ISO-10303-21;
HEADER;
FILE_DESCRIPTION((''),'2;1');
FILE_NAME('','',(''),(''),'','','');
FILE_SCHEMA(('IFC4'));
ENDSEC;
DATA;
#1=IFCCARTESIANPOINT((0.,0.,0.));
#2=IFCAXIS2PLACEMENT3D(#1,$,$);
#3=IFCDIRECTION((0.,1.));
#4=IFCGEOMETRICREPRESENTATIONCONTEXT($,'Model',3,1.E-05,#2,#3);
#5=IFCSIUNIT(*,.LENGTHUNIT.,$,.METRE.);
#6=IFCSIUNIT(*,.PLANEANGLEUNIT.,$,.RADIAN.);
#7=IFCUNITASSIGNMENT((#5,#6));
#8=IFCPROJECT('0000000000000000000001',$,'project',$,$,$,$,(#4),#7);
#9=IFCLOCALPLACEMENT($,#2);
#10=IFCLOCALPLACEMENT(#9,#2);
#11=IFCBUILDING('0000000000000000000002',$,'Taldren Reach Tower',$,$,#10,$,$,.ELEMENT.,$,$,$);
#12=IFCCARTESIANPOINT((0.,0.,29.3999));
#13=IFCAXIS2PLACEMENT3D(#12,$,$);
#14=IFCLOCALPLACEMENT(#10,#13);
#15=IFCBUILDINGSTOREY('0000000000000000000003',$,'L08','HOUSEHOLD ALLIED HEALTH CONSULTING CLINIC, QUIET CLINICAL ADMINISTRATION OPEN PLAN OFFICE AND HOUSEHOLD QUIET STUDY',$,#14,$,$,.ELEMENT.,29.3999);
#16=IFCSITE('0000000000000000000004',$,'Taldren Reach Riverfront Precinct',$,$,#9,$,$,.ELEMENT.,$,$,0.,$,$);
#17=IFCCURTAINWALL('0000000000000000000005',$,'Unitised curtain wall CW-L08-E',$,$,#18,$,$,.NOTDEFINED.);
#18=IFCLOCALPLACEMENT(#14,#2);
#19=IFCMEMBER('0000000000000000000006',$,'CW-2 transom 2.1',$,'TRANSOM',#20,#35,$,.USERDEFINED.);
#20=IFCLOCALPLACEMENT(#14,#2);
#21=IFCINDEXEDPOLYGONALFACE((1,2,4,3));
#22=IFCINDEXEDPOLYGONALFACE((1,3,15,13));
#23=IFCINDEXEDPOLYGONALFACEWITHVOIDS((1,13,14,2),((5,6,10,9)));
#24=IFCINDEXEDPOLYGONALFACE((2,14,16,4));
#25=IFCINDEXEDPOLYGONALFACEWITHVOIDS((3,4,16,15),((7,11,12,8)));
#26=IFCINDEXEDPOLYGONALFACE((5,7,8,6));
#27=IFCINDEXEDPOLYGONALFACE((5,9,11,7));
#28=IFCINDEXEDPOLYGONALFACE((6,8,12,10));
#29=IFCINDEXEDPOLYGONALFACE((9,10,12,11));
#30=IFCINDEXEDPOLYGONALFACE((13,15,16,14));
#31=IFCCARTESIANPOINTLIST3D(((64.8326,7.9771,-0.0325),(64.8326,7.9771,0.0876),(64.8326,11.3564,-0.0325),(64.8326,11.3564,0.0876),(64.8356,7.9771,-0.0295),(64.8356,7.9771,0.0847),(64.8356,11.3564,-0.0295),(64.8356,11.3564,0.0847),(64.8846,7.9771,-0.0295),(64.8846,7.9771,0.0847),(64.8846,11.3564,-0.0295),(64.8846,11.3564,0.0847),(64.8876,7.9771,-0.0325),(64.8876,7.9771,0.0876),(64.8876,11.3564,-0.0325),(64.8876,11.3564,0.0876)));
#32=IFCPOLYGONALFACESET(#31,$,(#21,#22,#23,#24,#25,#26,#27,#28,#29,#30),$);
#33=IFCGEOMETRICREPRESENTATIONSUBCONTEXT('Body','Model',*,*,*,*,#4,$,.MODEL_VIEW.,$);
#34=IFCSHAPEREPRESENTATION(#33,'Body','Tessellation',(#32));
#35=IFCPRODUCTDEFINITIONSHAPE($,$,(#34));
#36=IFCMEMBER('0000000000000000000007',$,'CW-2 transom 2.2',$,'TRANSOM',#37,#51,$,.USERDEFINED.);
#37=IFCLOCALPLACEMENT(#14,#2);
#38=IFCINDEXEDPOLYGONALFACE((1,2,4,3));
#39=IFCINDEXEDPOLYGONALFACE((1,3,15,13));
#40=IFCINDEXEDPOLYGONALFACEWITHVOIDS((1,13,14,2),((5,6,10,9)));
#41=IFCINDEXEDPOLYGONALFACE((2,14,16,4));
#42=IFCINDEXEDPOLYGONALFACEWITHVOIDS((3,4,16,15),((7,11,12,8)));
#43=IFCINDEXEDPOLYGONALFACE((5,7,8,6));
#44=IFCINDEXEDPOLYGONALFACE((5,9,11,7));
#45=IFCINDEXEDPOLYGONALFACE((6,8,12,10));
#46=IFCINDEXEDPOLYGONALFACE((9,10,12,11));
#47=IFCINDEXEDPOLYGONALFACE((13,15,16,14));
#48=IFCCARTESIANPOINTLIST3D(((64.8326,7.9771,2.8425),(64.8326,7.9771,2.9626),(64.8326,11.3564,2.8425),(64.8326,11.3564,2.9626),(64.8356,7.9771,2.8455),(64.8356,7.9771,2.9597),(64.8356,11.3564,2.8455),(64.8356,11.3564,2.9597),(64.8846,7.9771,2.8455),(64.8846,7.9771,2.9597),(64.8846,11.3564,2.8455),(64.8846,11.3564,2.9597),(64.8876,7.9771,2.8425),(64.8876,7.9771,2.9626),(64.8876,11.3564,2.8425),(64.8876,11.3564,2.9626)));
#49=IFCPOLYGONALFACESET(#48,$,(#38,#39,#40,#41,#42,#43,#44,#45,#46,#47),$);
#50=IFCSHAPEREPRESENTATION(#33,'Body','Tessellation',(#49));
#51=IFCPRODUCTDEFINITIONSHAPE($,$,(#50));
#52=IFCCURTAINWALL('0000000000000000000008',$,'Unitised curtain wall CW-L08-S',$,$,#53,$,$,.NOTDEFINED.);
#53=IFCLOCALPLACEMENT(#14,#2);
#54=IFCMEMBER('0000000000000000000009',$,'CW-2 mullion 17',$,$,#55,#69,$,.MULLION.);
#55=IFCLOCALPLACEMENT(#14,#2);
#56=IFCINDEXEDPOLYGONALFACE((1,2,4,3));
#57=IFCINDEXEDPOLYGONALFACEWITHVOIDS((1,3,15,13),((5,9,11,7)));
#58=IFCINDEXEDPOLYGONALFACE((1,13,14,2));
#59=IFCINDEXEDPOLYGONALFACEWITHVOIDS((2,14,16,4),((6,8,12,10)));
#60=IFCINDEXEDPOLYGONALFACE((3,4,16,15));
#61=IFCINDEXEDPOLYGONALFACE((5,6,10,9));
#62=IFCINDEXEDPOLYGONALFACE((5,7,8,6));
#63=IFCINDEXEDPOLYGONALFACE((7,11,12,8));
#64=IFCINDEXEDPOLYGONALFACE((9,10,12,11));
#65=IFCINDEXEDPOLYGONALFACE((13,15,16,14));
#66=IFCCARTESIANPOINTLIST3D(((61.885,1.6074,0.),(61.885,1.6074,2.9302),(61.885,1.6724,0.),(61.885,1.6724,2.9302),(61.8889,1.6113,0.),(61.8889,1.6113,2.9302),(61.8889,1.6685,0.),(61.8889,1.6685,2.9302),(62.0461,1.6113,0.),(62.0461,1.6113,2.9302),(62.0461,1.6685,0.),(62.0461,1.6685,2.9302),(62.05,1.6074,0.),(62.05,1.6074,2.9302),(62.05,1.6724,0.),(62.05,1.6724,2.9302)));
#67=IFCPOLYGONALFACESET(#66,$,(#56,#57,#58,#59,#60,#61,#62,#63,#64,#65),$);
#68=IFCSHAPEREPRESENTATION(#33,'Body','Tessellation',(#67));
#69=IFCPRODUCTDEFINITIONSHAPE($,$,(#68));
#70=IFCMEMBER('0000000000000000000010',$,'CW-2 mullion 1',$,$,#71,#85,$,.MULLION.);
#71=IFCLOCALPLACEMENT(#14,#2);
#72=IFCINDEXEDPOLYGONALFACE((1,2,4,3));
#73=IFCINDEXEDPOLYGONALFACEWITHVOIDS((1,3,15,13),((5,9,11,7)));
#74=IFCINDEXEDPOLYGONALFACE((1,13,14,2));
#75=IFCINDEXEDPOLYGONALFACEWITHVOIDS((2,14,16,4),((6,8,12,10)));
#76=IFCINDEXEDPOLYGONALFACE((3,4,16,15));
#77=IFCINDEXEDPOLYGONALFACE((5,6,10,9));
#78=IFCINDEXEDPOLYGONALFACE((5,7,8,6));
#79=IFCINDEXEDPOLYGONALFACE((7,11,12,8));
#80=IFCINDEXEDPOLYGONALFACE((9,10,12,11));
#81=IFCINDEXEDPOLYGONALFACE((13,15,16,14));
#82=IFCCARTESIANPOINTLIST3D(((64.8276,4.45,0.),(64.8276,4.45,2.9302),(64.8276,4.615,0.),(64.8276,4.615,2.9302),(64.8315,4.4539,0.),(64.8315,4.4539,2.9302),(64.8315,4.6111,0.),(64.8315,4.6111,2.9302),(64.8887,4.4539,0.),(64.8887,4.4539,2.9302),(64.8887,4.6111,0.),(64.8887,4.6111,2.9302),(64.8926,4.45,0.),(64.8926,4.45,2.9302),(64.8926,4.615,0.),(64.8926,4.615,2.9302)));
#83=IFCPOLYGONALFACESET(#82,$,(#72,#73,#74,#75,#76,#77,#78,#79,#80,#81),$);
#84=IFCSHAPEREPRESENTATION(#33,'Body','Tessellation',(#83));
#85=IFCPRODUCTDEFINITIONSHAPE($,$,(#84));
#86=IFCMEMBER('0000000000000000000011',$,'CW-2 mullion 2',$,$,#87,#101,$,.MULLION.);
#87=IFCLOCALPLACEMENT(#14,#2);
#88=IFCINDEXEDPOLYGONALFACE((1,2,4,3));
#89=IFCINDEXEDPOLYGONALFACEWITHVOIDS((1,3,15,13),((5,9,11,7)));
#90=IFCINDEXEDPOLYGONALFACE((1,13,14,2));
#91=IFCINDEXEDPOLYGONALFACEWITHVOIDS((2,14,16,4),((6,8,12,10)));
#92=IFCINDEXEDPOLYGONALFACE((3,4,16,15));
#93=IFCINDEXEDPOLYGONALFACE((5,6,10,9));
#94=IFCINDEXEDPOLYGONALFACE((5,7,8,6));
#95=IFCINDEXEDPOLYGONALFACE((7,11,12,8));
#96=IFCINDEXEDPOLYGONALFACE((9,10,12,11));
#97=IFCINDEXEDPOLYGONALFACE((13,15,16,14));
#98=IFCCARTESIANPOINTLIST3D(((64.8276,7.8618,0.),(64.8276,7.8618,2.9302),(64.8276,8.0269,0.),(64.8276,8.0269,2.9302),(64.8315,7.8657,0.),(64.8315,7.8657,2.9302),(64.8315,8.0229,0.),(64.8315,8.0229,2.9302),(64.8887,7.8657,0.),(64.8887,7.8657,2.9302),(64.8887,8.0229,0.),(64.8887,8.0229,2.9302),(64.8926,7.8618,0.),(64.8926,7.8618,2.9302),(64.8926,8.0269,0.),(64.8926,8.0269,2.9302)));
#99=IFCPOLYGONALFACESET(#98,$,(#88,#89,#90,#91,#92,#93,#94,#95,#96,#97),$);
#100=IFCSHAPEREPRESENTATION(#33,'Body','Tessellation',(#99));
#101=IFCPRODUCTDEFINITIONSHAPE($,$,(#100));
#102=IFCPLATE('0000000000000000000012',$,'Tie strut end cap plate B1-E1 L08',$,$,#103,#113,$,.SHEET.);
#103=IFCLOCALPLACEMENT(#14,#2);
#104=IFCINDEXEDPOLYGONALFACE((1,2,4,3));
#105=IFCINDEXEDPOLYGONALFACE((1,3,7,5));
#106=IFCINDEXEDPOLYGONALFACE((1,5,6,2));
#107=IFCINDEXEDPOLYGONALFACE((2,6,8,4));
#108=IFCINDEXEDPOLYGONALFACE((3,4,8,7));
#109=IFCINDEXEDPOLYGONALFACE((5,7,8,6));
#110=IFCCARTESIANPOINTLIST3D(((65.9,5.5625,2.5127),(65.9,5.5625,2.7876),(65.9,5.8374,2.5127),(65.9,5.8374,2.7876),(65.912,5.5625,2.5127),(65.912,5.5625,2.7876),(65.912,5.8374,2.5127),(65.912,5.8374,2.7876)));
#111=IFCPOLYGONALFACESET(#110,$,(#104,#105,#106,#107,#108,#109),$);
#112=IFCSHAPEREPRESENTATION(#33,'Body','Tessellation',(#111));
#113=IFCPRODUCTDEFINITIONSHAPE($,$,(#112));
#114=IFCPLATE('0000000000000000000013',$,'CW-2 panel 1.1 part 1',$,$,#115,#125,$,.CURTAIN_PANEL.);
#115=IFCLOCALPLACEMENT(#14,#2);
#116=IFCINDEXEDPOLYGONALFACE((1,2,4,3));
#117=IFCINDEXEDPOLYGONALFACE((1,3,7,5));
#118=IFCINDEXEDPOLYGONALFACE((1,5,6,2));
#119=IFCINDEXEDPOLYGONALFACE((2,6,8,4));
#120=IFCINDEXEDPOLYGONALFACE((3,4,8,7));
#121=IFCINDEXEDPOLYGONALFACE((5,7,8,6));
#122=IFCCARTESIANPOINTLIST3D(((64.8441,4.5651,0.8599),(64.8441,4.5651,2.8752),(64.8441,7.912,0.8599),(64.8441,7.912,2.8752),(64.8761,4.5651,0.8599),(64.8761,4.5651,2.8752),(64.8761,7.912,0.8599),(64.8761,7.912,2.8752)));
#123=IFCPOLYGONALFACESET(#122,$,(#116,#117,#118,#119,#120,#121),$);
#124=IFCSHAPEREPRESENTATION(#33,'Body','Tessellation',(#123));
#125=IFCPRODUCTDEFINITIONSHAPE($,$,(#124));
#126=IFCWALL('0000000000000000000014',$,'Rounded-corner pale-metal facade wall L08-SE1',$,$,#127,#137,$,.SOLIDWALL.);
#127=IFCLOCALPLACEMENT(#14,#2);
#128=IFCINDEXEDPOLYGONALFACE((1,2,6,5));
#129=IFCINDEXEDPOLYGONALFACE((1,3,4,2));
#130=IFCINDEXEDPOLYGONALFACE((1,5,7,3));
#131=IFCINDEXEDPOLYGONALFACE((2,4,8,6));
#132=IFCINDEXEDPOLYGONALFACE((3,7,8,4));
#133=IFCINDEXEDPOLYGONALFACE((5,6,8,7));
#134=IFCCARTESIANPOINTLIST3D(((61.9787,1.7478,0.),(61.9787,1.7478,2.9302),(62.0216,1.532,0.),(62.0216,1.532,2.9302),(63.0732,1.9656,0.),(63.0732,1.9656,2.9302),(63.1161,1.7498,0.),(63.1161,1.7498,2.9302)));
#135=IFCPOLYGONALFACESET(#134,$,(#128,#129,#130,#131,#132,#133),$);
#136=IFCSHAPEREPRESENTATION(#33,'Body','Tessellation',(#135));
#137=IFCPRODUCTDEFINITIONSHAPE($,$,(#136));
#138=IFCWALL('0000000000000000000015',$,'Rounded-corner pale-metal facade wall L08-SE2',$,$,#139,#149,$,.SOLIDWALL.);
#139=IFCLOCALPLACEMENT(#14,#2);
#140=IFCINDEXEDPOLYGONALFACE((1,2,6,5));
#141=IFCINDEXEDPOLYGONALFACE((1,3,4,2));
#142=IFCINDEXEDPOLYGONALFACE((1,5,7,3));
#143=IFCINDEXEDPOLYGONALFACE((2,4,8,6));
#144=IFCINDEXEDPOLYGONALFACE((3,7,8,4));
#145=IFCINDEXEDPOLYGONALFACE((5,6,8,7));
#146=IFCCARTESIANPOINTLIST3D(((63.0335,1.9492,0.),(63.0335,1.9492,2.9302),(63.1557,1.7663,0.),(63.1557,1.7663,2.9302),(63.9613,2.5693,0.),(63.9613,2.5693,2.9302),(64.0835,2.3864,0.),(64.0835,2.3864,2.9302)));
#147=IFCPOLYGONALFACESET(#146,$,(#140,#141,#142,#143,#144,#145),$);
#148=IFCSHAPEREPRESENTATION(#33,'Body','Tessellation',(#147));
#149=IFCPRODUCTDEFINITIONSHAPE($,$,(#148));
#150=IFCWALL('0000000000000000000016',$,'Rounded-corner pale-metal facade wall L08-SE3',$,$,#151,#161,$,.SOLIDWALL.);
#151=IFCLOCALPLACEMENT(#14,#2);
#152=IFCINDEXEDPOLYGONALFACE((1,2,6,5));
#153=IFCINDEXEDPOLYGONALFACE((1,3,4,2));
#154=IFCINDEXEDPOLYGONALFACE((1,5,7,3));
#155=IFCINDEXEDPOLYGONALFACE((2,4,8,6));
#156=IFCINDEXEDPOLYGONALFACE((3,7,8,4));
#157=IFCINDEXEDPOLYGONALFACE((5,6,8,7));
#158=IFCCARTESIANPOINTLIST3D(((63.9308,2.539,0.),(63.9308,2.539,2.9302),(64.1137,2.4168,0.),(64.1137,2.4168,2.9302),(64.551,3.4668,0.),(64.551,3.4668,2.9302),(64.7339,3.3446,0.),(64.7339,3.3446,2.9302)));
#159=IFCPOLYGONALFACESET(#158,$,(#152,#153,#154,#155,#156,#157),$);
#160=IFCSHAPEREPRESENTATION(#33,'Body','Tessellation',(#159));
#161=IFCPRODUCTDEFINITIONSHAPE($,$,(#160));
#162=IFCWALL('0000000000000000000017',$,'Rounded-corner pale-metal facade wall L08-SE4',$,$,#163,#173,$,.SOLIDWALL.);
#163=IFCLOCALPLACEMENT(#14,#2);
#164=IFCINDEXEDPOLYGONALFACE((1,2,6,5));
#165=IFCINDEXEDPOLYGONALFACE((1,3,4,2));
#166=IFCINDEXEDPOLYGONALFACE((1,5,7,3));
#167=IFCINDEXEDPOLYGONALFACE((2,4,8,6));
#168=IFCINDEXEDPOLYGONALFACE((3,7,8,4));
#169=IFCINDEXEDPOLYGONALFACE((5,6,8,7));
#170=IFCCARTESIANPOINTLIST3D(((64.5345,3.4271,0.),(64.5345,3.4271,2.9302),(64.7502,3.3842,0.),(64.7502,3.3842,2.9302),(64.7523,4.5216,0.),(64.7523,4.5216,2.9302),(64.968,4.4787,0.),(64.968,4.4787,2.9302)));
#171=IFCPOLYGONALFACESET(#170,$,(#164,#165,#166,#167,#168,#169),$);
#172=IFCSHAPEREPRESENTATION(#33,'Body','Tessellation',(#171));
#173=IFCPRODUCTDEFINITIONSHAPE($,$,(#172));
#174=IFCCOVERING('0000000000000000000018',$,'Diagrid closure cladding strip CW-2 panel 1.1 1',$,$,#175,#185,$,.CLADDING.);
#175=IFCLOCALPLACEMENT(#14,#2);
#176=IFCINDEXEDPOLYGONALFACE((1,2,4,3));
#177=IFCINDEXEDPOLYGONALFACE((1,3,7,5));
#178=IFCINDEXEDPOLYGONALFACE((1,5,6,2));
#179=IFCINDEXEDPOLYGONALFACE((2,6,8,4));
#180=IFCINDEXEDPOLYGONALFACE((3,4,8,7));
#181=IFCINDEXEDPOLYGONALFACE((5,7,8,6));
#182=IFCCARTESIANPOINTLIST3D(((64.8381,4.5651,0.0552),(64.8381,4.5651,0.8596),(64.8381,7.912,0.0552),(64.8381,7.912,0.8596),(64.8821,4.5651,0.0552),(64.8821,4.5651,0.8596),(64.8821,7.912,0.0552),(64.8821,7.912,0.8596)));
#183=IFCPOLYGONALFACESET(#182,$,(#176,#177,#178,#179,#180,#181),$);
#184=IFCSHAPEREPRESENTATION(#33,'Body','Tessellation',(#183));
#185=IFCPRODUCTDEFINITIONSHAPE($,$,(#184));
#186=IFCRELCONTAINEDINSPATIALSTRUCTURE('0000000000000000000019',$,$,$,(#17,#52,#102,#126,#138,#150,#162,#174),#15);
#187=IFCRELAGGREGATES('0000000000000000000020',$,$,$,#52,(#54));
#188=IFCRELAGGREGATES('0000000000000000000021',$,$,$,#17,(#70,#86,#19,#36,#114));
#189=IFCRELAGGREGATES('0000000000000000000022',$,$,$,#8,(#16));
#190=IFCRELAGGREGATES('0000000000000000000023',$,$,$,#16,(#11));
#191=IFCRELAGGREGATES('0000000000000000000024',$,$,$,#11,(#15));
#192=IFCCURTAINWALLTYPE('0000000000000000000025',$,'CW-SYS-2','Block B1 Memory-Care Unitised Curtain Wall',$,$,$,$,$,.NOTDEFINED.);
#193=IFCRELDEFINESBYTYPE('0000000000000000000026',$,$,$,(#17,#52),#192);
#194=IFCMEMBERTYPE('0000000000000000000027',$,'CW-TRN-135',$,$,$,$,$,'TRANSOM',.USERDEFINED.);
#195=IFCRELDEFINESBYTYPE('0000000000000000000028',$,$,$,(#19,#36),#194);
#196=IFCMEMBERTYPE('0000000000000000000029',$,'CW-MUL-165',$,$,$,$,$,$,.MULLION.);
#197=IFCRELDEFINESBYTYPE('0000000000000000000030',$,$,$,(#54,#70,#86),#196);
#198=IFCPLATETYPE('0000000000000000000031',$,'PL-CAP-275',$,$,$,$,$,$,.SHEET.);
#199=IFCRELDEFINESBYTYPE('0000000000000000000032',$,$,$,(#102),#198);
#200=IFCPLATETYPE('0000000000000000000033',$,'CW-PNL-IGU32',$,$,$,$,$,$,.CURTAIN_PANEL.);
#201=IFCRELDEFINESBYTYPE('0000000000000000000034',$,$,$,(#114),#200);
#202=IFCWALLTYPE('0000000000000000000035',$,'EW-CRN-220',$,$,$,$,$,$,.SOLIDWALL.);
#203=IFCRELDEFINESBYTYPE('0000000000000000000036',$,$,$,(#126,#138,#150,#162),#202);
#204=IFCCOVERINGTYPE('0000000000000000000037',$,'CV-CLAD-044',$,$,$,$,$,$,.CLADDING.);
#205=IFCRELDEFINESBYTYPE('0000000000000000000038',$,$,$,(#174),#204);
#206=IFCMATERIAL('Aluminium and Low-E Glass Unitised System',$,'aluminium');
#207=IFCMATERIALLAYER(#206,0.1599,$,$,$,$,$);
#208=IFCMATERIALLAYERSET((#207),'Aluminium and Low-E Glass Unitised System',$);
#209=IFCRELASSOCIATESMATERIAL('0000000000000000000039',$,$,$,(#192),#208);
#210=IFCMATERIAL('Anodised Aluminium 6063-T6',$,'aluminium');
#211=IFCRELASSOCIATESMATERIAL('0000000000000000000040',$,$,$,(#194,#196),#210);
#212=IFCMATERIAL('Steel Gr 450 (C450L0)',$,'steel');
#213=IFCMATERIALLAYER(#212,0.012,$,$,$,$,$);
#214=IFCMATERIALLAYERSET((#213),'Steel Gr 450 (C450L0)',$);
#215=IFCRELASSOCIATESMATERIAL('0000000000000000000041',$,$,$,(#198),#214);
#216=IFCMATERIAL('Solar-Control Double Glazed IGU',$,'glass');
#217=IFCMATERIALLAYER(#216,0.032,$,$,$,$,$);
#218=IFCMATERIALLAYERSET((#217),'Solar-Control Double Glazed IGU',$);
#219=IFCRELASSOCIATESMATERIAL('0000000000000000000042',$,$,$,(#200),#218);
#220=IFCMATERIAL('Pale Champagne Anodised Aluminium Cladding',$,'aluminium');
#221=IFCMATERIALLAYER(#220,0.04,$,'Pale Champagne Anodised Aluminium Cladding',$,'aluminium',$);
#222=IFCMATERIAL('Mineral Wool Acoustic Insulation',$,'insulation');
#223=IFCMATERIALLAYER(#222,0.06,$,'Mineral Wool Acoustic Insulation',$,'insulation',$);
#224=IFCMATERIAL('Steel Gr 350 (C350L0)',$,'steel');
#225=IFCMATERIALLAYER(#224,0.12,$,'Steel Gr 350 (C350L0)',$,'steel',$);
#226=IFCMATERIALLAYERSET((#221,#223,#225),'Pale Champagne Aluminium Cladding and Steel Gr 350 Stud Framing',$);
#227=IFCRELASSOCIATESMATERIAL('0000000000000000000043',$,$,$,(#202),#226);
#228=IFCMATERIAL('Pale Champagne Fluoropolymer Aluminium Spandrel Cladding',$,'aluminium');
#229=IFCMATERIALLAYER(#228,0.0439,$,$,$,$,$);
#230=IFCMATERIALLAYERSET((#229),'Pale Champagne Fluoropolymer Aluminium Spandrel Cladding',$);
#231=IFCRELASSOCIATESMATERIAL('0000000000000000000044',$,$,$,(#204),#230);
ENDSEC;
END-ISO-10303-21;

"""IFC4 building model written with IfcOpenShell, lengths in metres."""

from ifc_helpers import new_model, si_unit, direction, frame, frame_2d, origin, origin_2d, place, context, subcontext, project, spatial, rectangle, hollow_rectangle, extrude, source, transform, mapped, material, layer, layer_set, material_profile, profile_set, type_object, element, aggregate, save


model = new_model("IFC4")

# Units and contexts
model_context = context("Model", 3, precision=1e-05, world=origin(), true_north=direction((0.0, 1.0)))
body_context = subcontext(model_context, "Body", "Model", "MODEL_VIEW")
ifc_project = project(units=[si_unit("LENGTHUNIT", "METRE"), si_unit("PLANEANGLEUNIT", "RADIAN")], contexts=[model_context])

# Site, building, storey
site_placement = place(None, origin())
site = spatial("IfcSite", under=ifc_project, at=site_placement, Name="Taldren Reach Riverfront Precinct", CompositionType="ELEMENT", RefElevation=0.0)
building_placement = place(site_placement, origin())
building = spatial("IfcBuilding", under=site, at=building_placement, Name="Taldren Reach Tower", CompositionType="ELEMENT")
storey_placement = place(building_placement, frame((0.0, 0.0, 29.3999)))
storey = spatial("IfcBuildingStorey", under=building, at=storey_placement, Name="L08", Description="HOUSEHOLD ALLIED HEALTH CONSULTING CLINIC, QUIET CLINICAL ADMINISTRATION OPEN PLAN OFFICE AND HOUSEHOLD QUIET STUDY", CompositionType="ELEMENT", Elevation=29.3999)

# Shared definitions
ifc_material_1 = material(Name="Steel Gr 450 (C450L0)", Category="steel")
ifc_material_2 = material(Name="Steel Gr 350 (C350L0)", Category="steel")

# Curtain wall, members
ifc_material_3 = material(Name="Aluminium and Low-E Glass Unitised System", Category="aluminium")
ifc_layer_1 = layer(ifc_material_3, 0.1599)
ifc_layer_set_1 = layer_set([ifc_layer_1], Name="Aluminium and Low-E Glass Unitised System")
curtain_wall_type = type_object("IfcCurtainWallType", Name="CW-SYS-2", Description="Block B1 Memory-Care Unitised Curtain Wall", PredefinedType="NOTDEFINED", material=ifc_layer_set_1)
curtain_wall_1_placement = place(storey_placement, origin())
curtain_wall_1 = element("IfcCurtainWall", 1, at=curtain_wall_1_placement, inside=storey, type_object=curtain_wall_type, Name="Unitised curtain wall CW-L08-E", PredefinedType="NOTDEFINED")
ifc_material_4 = material(Name="Anodised Aluminium 6063-T6", Category="aluminium")
ifc_material_profile_1 = material_profile(ifc_material_4, hollow_rectangle(XDim=0.0549, YDim=0.1201, WallThickness=0.0029, at=origin_2d()), Name="ALU-120x55x3RHS")
ifc_profile_set_1 = profile_set([ifc_material_profile_1], Name="Anodised Aluminium 6063-T6")
member_type_1 = type_object("IfcMemberType", Name="CW-TRN-135", ElementType="TRANSOM", PredefinedType="USERDEFINED", material=ifc_profile_set_1)
shared_shape_1 = source(origin(), body_context, "Body", "SweptSolid", [
    extrude(hollow_rectangle(XDim=0.0549, YDim=0.1201, WallThickness=0.0029, at=origin_2d()), origin(), (0.0, 0.0, 1.0), 3.3794),
])
member_1_placement = place(storey_placement, frame((64.8601, 7.9771, 0.0276), z_axis=(0.0, 1.0, 0.0), x_axis=(-1.0, 0.0, 0.0)))
member_1 = element("IfcMember", 2, at=member_1_placement, type_object=member_type_1, Name="CW-2 transom 2.1", ObjectType="TRANSOM", PredefinedType="USERDEFINED", context=body_context, shape_type="MappedRepresentation", body=[
    mapped(shared_shape_1, transform((0.0, 0.0, 0.0), scale=1.0)),
])
member_2_placement = place(storey_placement, frame((64.8601, 7.9771, 2.9026), z_axis=(0.0, 1.0, 0.0), x_axis=(-1.0, 0.0, 0.0)))
member_2 = element("IfcMember", 3, at=member_2_placement, type_object=member_type_1, Name="CW-2 transom 2.2", ObjectType="TRANSOM", PredefinedType="USERDEFINED", context=body_context, shape_type="MappedRepresentation", body=[
    mapped(shared_shape_1, transform((0.0, 0.0, 0.0), scale=1.0)),
])

# Curtain wall, member
curtain_wall_2_placement = place(storey_placement, origin())
curtain_wall_2 = element("IfcCurtainWall", 4, at=curtain_wall_2_placement, inside=storey, type_object=curtain_wall_type, Name="Unitised curtain wall CW-L08-S", PredefinedType="NOTDEFINED")
ifc_material_profile_2 = material_profile(ifc_material_4, hollow_rectangle(XDim=0.0649, YDim=0.165, WallThickness=0.0039, at=origin_2d()), Name="ALU-165x65x4RHS")
ifc_profile_set_2 = profile_set([ifc_material_profile_2], Name="Anodised Aluminium 6063-T6")
member_type_2 = type_object("IfcMemberType", Name="CW-MUL-165", PredefinedType="MULLION", material=ifc_profile_set_2)
shared_shape_2 = source(origin(), body_context, "Body", "SweptSolid", [
    extrude(hollow_rectangle(XDim=0.0649, YDim=0.165, WallThickness=0.0039, at=origin_2d()), origin(), (0.0, 0.0, 1.0), 2.9302),
])
member_3_placement = place(storey_placement, frame((61.9675, 1.6399, 0.0), z_axis=(0.0, 0.0, 1.0), x_axis=(0.0, 1.0, 0.0)))
member_3 = element("IfcMember", 5, at=member_3_placement, type_object=member_type_2, Name="CW-2 mullion 17", PredefinedType="MULLION", context=body_context, shape_type="MappedRepresentation", body=[
    mapped(shared_shape_2, transform((0.0, 0.0, 0.0), scale=1.0)),
])
aggregate(curtain_wall_2, [member_3])

# Members
member_4_placement = place(storey_placement, frame((64.8601, 4.5325, 0.0), z_axis=(0.0, 0.0, 1.0), x_axis=(-1.0, 0.0, 0.0)))
member_4 = element("IfcMember", 6, at=member_4_placement, type_object=member_type_2, Name="CW-2 mullion 1", PredefinedType="MULLION", context=body_context, shape_type="MappedRepresentation", body=[
    mapped(shared_shape_2, transform((0.0, 0.0, 0.0), scale=1.0)),
])
member_5_placement = place(storey_placement, frame((64.8601, 7.9443, 0.0), z_axis=(0.0, 0.0, 1.0), x_axis=(-1.0, 0.0, 0.0)))
member_5 = element("IfcMember", 7, at=member_5_placement, type_object=member_type_2, Name="CW-2 mullion 2", PredefinedType="MULLION", context=body_context, shape_type="MappedRepresentation", body=[
    mapped(shared_shape_2, transform((0.0, 0.0, 0.0), scale=1.0)),
])

# Plates
ifc_layer_2 = layer(ifc_material_1, 0.012)
ifc_layer_set_2 = layer_set([ifc_layer_2], Name="Steel Gr 450 (C450L0)")
plate_type_1 = type_object("IfcPlateType", Name="PL-CAP-275", PredefinedType="SHEET", material=ifc_layer_set_2)
shared_shape_3 = source(origin(), body_context, "Body", "SweptSolid", [
    extrude(rectangle(XDim=0.012, YDim=0.2749, at=origin_2d()), origin(), (0.0, 0.0, 1.0), 0.2749),
])
plate_1_placement = place(storey_placement, frame((65.906, 5.7, 2.5127), z_axis=(0.0, 0.0, 1.0), x_axis=(1.0, 0.0, 0.0)))
element("IfcPlate", 8, at=plate_1_placement, inside=storey, type_object=plate_type_1, Name="Tie strut end cap plate B1-E1 L08", PredefinedType="SHEET", context=body_context, shape_type="MappedRepresentation", body=[
    mapped(shared_shape_3, transform((0.0, 0.0, 0.0), scale=1.0)),
])
ifc_material_5 = material(Name="Solar-Control Double Glazed IGU", Category="glass")
ifc_layer_3 = layer(ifc_material_5, 0.032)
ifc_layer_set_3 = layer_set([ifc_layer_3], Name="Solar-Control Double Glazed IGU")
plate_type_2 = type_object("IfcPlateType", Name="CW-PNL-IGU32", PredefinedType="CURTAIN_PANEL", material=ifc_layer_set_3)
shared_shape_4 = source(origin(), body_context, "Body", "SweptSolid", [
    extrude(rectangle(XDim=3.3469, YDim=0.032, at=origin_2d()), origin(), (0.0, 0.0, 1.0), 2.0154),
])
plate_2_placement = place(storey_placement, frame((64.8601, 6.2385, 0.8599), z_axis=(0.0, 0.0, 1.0), x_axis=(0.0, 1.0, 0.0)))
plate_2 = element("IfcPlate", 9, at=plate_2_placement, type_object=plate_type_2, Name="CW-2 panel 1.1 part 1", PredefinedType="CURTAIN_PANEL", context=body_context, shape_type="MappedRepresentation", body=[
    mapped(shared_shape_4, transform((0.0, 0.0, 0.0), scale=1.0)),
])
aggregate(curtain_wall_1, [member_4, member_5, member_1, member_2, plate_2])

# Walls
ifc_material_6 = material(Name="Pale Champagne Anodised Aluminium Cladding", Category="aluminium")
ifc_layer_4 = layer(ifc_material_6, 0.04, Name="Pale Champagne Anodised Aluminium Cladding", Category="aluminium")
ifc_material_7 = material(Name="Mineral Wool Acoustic Insulation", Category="insulation")
ifc_layer_5 = layer(ifc_material_7, 0.06, Name="Mineral Wool Acoustic Insulation", Category="insulation")
ifc_layer_6 = layer(ifc_material_2, 0.12, Name="Steel Gr 350 (C350L0)", Category="steel")
ifc_layer_set_4 = layer_set([ifc_layer_4, ifc_layer_5, ifc_layer_6], Name="Pale Champagne Aluminium Cladding and Steel Gr 350 Stud Framing")
wall_type = type_object("IfcWallType", Name="EW-CRN-220", PredefinedType="SOLIDWALL", material=ifc_layer_set_4)
shared_shape_5 = source(origin(), body_context, "Body", "SweptSolid", [
    extrude(rectangle(XDim=1.116, YDim=0.22, at=frame_2d((0.5581, 0.0))), origin(), (0.0, 0.0, 1.0), 2.9302),
])
for number, where, z_axis, x_axis, name in (
    (10, (62.0, 1.6399, 0.0), (0.0, 0.0, 1.0), (0.980774, 0.195148, 0.0), "Rounded-corner pale-metal facade wall L08-SE1"),
    (11, (63.0945, 1.8577, 0.0), (0.0, 0.0, 1.0), (0.831377, 0.55571, 0.0), "Rounded-corner pale-metal facade wall L08-SE2"),
    (12, (64.0222, 2.4778, 0.0), (0.0, 0.0, 1.0), (0.55571, 0.831377, 0.0), "Rounded-corner pale-metal facade wall L08-SE3"),
    (13, (64.6423, 3.4055, 0.0), (0.0, 0.0, 1.0), (0.195148, 0.980774, 0.0), "Rounded-corner pale-metal facade wall L08-SE4"),
):
    element("IfcWall", number, at=place(storey_placement, frame(where, z_axis=z_axis, x_axis=x_axis)), inside=storey, type_object=wall_type, Name=name, PredefinedType="SOLIDWALL", context=body_context, shape_type="MappedRepresentation", body=[
        mapped(shared_shape_5, transform((0.0, 0.0, 0.0), scale=1.0)),
    ])

# Covering
ifc_material_8 = material(Name="Pale Champagne Fluoropolymer Aluminium Spandrel Cladding", Category="aluminium")
ifc_layer_7 = layer(ifc_material_8, 0.0439)
ifc_layer_set_5 = layer_set([ifc_layer_7], Name="Pale Champagne Fluoropolymer Aluminium Spandrel Cladding")
covering_type = type_object("IfcCoveringType", Name="CV-CLAD-044", PredefinedType="CLADDING", material=ifc_layer_set_5)
shared_shape_6 = source(origin(), body_context, "Body", "SweptSolid", [
    extrude(rectangle(XDim=3.3469, YDim=0.0439, at=origin_2d()), origin(), (0.0, 0.0, 1.0), 0.8044),
])
covering_placement = place(storey_placement, frame((64.8601, 6.2385, 0.0552), z_axis=(0.0, 0.0, 1.0), x_axis=(0.0, 1.0, 0.0)))
element("IfcCovering", 14, at=covering_placement, inside=storey, type_object=covering_type, Name="Diagrid closure cladding strip CW-2 panel 1.1 1", PredefinedType="CLADDING", context=body_context, shape_type="MappedRepresentation", body=[
    mapped(shared_shape_6, transform((0.0, 0.0, 0.0), scale=1.0)),
])

save(model, "model.ifc")
